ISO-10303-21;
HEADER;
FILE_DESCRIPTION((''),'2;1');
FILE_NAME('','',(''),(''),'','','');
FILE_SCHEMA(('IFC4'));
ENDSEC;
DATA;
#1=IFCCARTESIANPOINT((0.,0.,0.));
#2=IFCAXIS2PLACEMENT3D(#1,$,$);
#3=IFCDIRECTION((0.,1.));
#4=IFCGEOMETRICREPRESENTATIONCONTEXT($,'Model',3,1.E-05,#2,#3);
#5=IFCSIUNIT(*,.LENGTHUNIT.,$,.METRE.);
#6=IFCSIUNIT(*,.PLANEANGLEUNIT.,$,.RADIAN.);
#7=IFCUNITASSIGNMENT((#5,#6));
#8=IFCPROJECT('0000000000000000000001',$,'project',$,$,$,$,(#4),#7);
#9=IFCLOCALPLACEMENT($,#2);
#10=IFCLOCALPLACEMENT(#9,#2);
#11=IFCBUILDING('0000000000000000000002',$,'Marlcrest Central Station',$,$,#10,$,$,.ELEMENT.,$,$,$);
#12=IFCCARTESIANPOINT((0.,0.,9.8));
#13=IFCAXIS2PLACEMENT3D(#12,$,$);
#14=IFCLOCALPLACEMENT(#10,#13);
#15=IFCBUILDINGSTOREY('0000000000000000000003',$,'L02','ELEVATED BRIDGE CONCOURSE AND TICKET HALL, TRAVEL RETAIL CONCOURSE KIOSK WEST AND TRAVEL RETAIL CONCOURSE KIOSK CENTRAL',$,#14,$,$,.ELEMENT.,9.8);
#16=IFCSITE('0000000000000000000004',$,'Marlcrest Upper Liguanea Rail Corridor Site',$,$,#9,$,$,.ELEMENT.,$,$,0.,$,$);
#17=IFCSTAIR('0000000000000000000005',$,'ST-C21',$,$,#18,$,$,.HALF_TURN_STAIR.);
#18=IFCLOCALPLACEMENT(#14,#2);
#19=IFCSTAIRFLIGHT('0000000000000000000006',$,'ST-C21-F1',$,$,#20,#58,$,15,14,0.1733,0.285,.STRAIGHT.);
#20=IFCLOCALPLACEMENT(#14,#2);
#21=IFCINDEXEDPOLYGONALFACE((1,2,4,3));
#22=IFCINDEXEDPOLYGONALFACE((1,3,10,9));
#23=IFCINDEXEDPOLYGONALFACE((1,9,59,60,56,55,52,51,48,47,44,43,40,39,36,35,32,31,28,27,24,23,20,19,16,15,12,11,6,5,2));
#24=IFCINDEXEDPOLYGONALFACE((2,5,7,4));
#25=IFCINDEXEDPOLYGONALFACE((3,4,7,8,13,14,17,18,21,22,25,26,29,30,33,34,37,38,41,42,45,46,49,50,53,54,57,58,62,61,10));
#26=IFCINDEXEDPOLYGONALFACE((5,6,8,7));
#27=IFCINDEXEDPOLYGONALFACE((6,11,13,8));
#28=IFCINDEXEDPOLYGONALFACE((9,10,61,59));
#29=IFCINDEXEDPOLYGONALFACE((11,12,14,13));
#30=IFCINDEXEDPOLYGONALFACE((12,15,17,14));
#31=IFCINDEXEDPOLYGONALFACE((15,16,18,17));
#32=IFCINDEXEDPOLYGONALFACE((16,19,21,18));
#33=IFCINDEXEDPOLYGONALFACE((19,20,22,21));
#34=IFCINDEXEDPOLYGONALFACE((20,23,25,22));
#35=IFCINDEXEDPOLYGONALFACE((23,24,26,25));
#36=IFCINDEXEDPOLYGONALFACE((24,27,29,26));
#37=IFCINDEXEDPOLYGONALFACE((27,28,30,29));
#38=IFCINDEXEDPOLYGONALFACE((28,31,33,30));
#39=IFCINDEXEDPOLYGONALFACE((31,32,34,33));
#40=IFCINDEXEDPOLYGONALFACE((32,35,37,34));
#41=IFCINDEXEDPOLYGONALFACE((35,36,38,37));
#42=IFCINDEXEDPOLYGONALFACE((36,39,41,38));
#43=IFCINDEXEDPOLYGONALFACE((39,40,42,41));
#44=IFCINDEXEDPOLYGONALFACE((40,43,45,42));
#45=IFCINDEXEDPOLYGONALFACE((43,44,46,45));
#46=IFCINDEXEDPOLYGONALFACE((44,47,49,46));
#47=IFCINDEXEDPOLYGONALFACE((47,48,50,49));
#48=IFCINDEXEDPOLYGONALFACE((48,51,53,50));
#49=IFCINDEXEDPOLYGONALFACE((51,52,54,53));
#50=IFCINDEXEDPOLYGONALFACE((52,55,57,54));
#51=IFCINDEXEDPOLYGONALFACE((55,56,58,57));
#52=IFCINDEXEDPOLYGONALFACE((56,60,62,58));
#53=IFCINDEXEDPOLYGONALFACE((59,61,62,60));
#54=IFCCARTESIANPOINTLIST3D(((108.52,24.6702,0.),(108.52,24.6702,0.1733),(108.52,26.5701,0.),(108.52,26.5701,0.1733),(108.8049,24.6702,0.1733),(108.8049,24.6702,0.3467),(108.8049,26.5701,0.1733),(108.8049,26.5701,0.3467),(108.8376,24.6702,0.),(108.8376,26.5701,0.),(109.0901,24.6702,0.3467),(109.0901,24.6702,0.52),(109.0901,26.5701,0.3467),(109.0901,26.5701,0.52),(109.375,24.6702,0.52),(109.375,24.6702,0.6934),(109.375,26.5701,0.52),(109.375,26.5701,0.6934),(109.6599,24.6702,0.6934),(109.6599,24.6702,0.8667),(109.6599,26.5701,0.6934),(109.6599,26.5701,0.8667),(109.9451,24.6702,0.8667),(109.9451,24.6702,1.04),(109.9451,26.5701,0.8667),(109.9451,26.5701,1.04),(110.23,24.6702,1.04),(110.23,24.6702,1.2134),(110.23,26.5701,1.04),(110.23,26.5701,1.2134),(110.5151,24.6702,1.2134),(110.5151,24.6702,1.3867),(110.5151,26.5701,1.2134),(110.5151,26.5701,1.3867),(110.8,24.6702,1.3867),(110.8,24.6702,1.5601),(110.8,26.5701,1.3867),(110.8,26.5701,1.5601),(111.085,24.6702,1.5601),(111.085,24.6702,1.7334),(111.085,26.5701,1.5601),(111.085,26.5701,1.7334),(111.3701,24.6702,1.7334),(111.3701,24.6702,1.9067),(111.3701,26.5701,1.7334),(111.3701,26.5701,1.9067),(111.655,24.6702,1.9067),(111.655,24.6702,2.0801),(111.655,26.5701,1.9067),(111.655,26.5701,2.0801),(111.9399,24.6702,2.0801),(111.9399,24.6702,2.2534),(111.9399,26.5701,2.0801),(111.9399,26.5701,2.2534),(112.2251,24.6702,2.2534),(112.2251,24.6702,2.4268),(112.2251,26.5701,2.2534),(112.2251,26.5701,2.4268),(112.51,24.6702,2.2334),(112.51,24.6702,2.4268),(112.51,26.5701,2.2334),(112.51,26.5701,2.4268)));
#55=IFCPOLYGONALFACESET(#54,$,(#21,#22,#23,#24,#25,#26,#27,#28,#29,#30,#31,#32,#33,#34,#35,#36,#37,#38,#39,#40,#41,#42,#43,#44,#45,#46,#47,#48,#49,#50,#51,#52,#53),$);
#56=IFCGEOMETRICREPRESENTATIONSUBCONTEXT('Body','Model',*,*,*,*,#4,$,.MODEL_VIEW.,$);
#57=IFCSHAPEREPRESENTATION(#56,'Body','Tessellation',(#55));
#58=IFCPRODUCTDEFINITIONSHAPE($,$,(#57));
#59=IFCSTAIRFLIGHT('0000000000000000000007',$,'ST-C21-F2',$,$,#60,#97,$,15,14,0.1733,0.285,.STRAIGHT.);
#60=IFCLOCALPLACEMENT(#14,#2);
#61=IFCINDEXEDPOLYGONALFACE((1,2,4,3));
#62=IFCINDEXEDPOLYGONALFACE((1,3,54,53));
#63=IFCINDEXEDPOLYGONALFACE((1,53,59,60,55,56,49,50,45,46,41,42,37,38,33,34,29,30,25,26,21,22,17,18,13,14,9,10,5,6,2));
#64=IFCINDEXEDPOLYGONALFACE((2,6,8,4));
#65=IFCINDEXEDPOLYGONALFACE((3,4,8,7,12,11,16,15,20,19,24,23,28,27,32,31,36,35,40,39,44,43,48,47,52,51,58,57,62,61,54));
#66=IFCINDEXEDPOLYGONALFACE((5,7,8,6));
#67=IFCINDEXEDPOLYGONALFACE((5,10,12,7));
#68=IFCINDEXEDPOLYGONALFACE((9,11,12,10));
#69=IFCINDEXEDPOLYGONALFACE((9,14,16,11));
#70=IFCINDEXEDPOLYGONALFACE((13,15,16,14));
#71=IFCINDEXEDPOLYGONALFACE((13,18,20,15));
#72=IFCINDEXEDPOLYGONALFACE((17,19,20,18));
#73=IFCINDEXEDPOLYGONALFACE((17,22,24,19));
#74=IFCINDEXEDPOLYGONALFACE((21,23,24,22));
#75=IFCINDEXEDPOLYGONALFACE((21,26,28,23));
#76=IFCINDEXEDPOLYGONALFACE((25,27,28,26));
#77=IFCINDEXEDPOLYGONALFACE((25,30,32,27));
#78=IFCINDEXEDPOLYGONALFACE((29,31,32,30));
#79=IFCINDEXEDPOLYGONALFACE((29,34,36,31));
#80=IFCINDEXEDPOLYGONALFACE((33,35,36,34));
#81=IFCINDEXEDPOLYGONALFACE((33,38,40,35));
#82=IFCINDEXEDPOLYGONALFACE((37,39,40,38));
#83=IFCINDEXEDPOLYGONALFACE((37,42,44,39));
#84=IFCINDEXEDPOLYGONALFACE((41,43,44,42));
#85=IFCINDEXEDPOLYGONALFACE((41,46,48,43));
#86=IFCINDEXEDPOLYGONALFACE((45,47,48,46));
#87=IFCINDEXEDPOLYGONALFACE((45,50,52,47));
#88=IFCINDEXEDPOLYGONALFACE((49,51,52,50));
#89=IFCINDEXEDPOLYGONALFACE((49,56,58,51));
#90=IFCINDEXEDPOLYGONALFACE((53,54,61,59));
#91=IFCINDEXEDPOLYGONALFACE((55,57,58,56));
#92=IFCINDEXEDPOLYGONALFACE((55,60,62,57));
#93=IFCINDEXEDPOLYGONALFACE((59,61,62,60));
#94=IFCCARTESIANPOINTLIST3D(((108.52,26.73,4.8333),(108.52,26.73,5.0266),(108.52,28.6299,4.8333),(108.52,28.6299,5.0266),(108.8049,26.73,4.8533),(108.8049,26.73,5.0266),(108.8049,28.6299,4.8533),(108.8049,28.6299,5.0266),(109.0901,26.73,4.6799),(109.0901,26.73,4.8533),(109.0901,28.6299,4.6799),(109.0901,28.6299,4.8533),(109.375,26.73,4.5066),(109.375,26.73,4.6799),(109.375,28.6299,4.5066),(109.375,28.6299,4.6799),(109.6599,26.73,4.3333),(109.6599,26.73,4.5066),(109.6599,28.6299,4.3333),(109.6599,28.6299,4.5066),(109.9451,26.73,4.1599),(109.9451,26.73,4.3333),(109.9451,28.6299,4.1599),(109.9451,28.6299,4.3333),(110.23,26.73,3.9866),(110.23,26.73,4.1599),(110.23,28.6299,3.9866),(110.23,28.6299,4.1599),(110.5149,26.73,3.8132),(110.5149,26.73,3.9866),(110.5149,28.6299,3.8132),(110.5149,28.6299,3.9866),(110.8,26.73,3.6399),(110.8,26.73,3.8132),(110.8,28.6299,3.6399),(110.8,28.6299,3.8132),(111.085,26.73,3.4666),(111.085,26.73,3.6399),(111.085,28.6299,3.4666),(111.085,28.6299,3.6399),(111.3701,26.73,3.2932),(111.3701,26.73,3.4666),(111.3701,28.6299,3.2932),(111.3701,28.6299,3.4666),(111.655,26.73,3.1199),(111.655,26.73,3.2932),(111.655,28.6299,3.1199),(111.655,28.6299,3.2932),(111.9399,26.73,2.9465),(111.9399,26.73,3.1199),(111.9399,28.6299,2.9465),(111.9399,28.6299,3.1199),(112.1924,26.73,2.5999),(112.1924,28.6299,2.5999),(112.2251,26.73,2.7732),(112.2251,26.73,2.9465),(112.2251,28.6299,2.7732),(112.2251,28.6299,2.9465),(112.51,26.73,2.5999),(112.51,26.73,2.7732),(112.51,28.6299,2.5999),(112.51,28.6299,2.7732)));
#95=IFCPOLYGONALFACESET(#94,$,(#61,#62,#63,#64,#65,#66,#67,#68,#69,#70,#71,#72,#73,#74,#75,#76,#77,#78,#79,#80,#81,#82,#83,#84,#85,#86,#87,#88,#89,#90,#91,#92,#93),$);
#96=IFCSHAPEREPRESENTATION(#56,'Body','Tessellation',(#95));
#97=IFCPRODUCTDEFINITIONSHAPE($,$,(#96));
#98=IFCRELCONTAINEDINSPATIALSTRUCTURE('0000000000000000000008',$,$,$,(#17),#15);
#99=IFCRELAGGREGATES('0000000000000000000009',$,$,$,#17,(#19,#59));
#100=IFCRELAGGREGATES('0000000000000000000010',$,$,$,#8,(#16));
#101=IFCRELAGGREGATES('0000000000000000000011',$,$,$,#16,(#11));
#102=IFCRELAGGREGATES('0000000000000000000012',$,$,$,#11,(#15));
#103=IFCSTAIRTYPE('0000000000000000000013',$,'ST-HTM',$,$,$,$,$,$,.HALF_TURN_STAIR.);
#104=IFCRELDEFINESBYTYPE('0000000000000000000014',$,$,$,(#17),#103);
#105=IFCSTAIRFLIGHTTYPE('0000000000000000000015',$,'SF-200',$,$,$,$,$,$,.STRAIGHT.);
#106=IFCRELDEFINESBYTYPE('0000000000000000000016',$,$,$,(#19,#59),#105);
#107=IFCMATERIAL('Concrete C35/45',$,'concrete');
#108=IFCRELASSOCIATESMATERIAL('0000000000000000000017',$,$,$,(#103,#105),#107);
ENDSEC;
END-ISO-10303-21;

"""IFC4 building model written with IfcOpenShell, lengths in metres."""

from ifc_helpers import new_model, si_unit, direction, frame, origin, place, context, subcontext, project, spatial, polyline, outline, extrude, material, type_object, element, aggregate, save


model = new_model("IFC4")

# Units and contexts
model_context = context("Model", 3, precision=1e-05, world=origin(), true_north=direction((0.0, 1.0)))
body_context = subcontext(model_context, "Body", "Model", "MODEL_VIEW")
ifc_project = project(units=[si_unit("LENGTHUNIT", "METRE"), si_unit("PLANEANGLEUNIT", "RADIAN")], contexts=[model_context])

# Site, building, storey
site_placement = place(None, origin())
site = spatial("IfcSite", under=ifc_project, at=site_placement, Name="Marlcrest Upper Liguanea Rail Corridor Site", CompositionType="ELEMENT", RefElevation=0.0)
building_placement = place(site_placement, origin())
building = spatial("IfcBuilding", under=site, at=building_placement, Name="Marlcrest Central Station", CompositionType="ELEMENT")
storey_placement = place(building_placement, frame((0.0, 0.0, 9.8)))
storey = spatial("IfcBuildingStorey", under=building, at=storey_placement, Name="L02", Description="ELEVATED BRIDGE CONCOURSE AND TICKET HALL, TRAVEL RETAIL CONCOURSE KIOSK WEST AND TRAVEL RETAIL CONCOURSE KIOSK CENTRAL", CompositionType="ELEMENT", Elevation=9.8)

# Stair, stair flights
ifc_material_1 = material(Name="Concrete C35/45", Category="concrete")
stair_type = type_object("IfcStairType", Name="ST-HTM", PredefinedType="HALF_TURN_STAIR", material=ifc_material_1)
stair_placement = place(storey_placement, origin())
stair = element("IfcStair", 1, at=stair_placement, inside=storey, type_object=stair_type, Name="ST-C21", PredefinedType="HALF_TURN_STAIR")
stair_flight_type = type_object("IfcStairFlightType", Name="SF-200", PredefinedType="STRAIGHT", material=ifc_material_1)
stair_flight_1_placement = place(storey_placement, frame((108.52, 25.6201, 0.0), z_axis=(0.0, 0.0, 1.0), x_axis=(1.0, 0.0, 0.0)))
stair_flight_1 = element("IfcStairFlight", 2, at=stair_flight_1_placement, type_object=stair_flight_type, Name="ST-C21-F1", NumberOfRisers=15, NumberOfTreads=14, PredefinedType="STRAIGHT", RiserHeight=0.1733, TreadLength=0.285, context=body_context, shape_type="SweptSolid", body=[
    extrude(outline(polyline([(0.0, 0.0), (0.0, 0.1733), (0.2849, 0.1733), (0.2849, 0.3467), (0.5701, 0.3467), (0.5701, 0.52), (0.855, 0.52), (0.855, 0.6934), (1.1399, 0.6934), (1.1399, 0.8667), (1.425, 0.8667), (1.425, 1.04), (1.71, 1.04), (1.71, 1.2134), (1.9951, 1.2134), (1.9951, 1.3867), (2.28, 1.3867), (2.28, 1.5601), (2.5649, 1.5601), (2.5649, 1.7334), (2.8501, 1.7334), (2.8501, 1.9067), (3.135, 1.9067), (3.135, 2.0801), (3.4199, 2.0801), (3.4199, 2.2534), (3.7051, 2.2534), (3.7051, 2.4268), (3.99, 2.4268), (3.99, 2.6001), (3.99, 2.2334), (0.3176, 0.0), (0.0, 0.0)])), frame((0.0, 0.95, 0.0), z_axis=(0.0, -1.0, 0.0), x_axis=(1.0, 0.0, 0.0)), (0.0, 0.0, 1.0), 1.8999),
])
stair_flight_2_placement = place(storey_placement, frame((112.51, 27.6799, 2.5999), z_axis=(0.0, 0.0, 1.0), x_axis=(-1.0, 0.0, 0.0)))
stair_flight_2 = element("IfcStairFlight", 3, at=stair_flight_2_placement, type_object=stair_flight_type, Name="ST-C21-F2", NumberOfRisers=15, NumberOfTreads=14, PredefinedType="STRAIGHT", RiserHeight=0.1733, TreadLength=0.285, context=body_context, shape_type="SweptSolid", body=[
    extrude(outline(polyline([(0.0, 0.0), (0.0, 0.1733), (0.2849, 0.1733), (0.2849, 0.3467), (0.5701, 0.3467), (0.5701, 0.52), (0.855, 0.52), (0.855, 0.6934), (1.1399, 0.6934), (1.1399, 0.8667), (1.425, 0.8667), (1.425, 1.04), (1.71, 1.04), (1.71, 1.2134), (1.9951, 1.2134), (1.9951, 1.3867), (2.28, 1.3867), (2.28, 1.5601), (2.5649, 1.5601), (2.5649, 1.7334), (2.8501, 1.7334), (2.8501, 1.9067), (3.135, 1.9067), (3.135, 2.0801), (3.4199, 2.0801), (3.4199, 2.2534), (3.7051, 2.2534), (3.7051, 2.4268), (3.99, 2.4268), (3.99, 2.6001), (3.99, 2.2334), (0.3176, 0.0), (0.0, 0.0)])), frame((0.0, 0.95, 0.0), z_axis=(0.0, -1.0, 0.0), x_axis=(1.0, 0.0, 0.0)), (0.0, 0.0, 1.0), 1.8999),
])
aggregate(stair, [stair_flight_1, stair_flight_2])

save(model, "model.ifc")
